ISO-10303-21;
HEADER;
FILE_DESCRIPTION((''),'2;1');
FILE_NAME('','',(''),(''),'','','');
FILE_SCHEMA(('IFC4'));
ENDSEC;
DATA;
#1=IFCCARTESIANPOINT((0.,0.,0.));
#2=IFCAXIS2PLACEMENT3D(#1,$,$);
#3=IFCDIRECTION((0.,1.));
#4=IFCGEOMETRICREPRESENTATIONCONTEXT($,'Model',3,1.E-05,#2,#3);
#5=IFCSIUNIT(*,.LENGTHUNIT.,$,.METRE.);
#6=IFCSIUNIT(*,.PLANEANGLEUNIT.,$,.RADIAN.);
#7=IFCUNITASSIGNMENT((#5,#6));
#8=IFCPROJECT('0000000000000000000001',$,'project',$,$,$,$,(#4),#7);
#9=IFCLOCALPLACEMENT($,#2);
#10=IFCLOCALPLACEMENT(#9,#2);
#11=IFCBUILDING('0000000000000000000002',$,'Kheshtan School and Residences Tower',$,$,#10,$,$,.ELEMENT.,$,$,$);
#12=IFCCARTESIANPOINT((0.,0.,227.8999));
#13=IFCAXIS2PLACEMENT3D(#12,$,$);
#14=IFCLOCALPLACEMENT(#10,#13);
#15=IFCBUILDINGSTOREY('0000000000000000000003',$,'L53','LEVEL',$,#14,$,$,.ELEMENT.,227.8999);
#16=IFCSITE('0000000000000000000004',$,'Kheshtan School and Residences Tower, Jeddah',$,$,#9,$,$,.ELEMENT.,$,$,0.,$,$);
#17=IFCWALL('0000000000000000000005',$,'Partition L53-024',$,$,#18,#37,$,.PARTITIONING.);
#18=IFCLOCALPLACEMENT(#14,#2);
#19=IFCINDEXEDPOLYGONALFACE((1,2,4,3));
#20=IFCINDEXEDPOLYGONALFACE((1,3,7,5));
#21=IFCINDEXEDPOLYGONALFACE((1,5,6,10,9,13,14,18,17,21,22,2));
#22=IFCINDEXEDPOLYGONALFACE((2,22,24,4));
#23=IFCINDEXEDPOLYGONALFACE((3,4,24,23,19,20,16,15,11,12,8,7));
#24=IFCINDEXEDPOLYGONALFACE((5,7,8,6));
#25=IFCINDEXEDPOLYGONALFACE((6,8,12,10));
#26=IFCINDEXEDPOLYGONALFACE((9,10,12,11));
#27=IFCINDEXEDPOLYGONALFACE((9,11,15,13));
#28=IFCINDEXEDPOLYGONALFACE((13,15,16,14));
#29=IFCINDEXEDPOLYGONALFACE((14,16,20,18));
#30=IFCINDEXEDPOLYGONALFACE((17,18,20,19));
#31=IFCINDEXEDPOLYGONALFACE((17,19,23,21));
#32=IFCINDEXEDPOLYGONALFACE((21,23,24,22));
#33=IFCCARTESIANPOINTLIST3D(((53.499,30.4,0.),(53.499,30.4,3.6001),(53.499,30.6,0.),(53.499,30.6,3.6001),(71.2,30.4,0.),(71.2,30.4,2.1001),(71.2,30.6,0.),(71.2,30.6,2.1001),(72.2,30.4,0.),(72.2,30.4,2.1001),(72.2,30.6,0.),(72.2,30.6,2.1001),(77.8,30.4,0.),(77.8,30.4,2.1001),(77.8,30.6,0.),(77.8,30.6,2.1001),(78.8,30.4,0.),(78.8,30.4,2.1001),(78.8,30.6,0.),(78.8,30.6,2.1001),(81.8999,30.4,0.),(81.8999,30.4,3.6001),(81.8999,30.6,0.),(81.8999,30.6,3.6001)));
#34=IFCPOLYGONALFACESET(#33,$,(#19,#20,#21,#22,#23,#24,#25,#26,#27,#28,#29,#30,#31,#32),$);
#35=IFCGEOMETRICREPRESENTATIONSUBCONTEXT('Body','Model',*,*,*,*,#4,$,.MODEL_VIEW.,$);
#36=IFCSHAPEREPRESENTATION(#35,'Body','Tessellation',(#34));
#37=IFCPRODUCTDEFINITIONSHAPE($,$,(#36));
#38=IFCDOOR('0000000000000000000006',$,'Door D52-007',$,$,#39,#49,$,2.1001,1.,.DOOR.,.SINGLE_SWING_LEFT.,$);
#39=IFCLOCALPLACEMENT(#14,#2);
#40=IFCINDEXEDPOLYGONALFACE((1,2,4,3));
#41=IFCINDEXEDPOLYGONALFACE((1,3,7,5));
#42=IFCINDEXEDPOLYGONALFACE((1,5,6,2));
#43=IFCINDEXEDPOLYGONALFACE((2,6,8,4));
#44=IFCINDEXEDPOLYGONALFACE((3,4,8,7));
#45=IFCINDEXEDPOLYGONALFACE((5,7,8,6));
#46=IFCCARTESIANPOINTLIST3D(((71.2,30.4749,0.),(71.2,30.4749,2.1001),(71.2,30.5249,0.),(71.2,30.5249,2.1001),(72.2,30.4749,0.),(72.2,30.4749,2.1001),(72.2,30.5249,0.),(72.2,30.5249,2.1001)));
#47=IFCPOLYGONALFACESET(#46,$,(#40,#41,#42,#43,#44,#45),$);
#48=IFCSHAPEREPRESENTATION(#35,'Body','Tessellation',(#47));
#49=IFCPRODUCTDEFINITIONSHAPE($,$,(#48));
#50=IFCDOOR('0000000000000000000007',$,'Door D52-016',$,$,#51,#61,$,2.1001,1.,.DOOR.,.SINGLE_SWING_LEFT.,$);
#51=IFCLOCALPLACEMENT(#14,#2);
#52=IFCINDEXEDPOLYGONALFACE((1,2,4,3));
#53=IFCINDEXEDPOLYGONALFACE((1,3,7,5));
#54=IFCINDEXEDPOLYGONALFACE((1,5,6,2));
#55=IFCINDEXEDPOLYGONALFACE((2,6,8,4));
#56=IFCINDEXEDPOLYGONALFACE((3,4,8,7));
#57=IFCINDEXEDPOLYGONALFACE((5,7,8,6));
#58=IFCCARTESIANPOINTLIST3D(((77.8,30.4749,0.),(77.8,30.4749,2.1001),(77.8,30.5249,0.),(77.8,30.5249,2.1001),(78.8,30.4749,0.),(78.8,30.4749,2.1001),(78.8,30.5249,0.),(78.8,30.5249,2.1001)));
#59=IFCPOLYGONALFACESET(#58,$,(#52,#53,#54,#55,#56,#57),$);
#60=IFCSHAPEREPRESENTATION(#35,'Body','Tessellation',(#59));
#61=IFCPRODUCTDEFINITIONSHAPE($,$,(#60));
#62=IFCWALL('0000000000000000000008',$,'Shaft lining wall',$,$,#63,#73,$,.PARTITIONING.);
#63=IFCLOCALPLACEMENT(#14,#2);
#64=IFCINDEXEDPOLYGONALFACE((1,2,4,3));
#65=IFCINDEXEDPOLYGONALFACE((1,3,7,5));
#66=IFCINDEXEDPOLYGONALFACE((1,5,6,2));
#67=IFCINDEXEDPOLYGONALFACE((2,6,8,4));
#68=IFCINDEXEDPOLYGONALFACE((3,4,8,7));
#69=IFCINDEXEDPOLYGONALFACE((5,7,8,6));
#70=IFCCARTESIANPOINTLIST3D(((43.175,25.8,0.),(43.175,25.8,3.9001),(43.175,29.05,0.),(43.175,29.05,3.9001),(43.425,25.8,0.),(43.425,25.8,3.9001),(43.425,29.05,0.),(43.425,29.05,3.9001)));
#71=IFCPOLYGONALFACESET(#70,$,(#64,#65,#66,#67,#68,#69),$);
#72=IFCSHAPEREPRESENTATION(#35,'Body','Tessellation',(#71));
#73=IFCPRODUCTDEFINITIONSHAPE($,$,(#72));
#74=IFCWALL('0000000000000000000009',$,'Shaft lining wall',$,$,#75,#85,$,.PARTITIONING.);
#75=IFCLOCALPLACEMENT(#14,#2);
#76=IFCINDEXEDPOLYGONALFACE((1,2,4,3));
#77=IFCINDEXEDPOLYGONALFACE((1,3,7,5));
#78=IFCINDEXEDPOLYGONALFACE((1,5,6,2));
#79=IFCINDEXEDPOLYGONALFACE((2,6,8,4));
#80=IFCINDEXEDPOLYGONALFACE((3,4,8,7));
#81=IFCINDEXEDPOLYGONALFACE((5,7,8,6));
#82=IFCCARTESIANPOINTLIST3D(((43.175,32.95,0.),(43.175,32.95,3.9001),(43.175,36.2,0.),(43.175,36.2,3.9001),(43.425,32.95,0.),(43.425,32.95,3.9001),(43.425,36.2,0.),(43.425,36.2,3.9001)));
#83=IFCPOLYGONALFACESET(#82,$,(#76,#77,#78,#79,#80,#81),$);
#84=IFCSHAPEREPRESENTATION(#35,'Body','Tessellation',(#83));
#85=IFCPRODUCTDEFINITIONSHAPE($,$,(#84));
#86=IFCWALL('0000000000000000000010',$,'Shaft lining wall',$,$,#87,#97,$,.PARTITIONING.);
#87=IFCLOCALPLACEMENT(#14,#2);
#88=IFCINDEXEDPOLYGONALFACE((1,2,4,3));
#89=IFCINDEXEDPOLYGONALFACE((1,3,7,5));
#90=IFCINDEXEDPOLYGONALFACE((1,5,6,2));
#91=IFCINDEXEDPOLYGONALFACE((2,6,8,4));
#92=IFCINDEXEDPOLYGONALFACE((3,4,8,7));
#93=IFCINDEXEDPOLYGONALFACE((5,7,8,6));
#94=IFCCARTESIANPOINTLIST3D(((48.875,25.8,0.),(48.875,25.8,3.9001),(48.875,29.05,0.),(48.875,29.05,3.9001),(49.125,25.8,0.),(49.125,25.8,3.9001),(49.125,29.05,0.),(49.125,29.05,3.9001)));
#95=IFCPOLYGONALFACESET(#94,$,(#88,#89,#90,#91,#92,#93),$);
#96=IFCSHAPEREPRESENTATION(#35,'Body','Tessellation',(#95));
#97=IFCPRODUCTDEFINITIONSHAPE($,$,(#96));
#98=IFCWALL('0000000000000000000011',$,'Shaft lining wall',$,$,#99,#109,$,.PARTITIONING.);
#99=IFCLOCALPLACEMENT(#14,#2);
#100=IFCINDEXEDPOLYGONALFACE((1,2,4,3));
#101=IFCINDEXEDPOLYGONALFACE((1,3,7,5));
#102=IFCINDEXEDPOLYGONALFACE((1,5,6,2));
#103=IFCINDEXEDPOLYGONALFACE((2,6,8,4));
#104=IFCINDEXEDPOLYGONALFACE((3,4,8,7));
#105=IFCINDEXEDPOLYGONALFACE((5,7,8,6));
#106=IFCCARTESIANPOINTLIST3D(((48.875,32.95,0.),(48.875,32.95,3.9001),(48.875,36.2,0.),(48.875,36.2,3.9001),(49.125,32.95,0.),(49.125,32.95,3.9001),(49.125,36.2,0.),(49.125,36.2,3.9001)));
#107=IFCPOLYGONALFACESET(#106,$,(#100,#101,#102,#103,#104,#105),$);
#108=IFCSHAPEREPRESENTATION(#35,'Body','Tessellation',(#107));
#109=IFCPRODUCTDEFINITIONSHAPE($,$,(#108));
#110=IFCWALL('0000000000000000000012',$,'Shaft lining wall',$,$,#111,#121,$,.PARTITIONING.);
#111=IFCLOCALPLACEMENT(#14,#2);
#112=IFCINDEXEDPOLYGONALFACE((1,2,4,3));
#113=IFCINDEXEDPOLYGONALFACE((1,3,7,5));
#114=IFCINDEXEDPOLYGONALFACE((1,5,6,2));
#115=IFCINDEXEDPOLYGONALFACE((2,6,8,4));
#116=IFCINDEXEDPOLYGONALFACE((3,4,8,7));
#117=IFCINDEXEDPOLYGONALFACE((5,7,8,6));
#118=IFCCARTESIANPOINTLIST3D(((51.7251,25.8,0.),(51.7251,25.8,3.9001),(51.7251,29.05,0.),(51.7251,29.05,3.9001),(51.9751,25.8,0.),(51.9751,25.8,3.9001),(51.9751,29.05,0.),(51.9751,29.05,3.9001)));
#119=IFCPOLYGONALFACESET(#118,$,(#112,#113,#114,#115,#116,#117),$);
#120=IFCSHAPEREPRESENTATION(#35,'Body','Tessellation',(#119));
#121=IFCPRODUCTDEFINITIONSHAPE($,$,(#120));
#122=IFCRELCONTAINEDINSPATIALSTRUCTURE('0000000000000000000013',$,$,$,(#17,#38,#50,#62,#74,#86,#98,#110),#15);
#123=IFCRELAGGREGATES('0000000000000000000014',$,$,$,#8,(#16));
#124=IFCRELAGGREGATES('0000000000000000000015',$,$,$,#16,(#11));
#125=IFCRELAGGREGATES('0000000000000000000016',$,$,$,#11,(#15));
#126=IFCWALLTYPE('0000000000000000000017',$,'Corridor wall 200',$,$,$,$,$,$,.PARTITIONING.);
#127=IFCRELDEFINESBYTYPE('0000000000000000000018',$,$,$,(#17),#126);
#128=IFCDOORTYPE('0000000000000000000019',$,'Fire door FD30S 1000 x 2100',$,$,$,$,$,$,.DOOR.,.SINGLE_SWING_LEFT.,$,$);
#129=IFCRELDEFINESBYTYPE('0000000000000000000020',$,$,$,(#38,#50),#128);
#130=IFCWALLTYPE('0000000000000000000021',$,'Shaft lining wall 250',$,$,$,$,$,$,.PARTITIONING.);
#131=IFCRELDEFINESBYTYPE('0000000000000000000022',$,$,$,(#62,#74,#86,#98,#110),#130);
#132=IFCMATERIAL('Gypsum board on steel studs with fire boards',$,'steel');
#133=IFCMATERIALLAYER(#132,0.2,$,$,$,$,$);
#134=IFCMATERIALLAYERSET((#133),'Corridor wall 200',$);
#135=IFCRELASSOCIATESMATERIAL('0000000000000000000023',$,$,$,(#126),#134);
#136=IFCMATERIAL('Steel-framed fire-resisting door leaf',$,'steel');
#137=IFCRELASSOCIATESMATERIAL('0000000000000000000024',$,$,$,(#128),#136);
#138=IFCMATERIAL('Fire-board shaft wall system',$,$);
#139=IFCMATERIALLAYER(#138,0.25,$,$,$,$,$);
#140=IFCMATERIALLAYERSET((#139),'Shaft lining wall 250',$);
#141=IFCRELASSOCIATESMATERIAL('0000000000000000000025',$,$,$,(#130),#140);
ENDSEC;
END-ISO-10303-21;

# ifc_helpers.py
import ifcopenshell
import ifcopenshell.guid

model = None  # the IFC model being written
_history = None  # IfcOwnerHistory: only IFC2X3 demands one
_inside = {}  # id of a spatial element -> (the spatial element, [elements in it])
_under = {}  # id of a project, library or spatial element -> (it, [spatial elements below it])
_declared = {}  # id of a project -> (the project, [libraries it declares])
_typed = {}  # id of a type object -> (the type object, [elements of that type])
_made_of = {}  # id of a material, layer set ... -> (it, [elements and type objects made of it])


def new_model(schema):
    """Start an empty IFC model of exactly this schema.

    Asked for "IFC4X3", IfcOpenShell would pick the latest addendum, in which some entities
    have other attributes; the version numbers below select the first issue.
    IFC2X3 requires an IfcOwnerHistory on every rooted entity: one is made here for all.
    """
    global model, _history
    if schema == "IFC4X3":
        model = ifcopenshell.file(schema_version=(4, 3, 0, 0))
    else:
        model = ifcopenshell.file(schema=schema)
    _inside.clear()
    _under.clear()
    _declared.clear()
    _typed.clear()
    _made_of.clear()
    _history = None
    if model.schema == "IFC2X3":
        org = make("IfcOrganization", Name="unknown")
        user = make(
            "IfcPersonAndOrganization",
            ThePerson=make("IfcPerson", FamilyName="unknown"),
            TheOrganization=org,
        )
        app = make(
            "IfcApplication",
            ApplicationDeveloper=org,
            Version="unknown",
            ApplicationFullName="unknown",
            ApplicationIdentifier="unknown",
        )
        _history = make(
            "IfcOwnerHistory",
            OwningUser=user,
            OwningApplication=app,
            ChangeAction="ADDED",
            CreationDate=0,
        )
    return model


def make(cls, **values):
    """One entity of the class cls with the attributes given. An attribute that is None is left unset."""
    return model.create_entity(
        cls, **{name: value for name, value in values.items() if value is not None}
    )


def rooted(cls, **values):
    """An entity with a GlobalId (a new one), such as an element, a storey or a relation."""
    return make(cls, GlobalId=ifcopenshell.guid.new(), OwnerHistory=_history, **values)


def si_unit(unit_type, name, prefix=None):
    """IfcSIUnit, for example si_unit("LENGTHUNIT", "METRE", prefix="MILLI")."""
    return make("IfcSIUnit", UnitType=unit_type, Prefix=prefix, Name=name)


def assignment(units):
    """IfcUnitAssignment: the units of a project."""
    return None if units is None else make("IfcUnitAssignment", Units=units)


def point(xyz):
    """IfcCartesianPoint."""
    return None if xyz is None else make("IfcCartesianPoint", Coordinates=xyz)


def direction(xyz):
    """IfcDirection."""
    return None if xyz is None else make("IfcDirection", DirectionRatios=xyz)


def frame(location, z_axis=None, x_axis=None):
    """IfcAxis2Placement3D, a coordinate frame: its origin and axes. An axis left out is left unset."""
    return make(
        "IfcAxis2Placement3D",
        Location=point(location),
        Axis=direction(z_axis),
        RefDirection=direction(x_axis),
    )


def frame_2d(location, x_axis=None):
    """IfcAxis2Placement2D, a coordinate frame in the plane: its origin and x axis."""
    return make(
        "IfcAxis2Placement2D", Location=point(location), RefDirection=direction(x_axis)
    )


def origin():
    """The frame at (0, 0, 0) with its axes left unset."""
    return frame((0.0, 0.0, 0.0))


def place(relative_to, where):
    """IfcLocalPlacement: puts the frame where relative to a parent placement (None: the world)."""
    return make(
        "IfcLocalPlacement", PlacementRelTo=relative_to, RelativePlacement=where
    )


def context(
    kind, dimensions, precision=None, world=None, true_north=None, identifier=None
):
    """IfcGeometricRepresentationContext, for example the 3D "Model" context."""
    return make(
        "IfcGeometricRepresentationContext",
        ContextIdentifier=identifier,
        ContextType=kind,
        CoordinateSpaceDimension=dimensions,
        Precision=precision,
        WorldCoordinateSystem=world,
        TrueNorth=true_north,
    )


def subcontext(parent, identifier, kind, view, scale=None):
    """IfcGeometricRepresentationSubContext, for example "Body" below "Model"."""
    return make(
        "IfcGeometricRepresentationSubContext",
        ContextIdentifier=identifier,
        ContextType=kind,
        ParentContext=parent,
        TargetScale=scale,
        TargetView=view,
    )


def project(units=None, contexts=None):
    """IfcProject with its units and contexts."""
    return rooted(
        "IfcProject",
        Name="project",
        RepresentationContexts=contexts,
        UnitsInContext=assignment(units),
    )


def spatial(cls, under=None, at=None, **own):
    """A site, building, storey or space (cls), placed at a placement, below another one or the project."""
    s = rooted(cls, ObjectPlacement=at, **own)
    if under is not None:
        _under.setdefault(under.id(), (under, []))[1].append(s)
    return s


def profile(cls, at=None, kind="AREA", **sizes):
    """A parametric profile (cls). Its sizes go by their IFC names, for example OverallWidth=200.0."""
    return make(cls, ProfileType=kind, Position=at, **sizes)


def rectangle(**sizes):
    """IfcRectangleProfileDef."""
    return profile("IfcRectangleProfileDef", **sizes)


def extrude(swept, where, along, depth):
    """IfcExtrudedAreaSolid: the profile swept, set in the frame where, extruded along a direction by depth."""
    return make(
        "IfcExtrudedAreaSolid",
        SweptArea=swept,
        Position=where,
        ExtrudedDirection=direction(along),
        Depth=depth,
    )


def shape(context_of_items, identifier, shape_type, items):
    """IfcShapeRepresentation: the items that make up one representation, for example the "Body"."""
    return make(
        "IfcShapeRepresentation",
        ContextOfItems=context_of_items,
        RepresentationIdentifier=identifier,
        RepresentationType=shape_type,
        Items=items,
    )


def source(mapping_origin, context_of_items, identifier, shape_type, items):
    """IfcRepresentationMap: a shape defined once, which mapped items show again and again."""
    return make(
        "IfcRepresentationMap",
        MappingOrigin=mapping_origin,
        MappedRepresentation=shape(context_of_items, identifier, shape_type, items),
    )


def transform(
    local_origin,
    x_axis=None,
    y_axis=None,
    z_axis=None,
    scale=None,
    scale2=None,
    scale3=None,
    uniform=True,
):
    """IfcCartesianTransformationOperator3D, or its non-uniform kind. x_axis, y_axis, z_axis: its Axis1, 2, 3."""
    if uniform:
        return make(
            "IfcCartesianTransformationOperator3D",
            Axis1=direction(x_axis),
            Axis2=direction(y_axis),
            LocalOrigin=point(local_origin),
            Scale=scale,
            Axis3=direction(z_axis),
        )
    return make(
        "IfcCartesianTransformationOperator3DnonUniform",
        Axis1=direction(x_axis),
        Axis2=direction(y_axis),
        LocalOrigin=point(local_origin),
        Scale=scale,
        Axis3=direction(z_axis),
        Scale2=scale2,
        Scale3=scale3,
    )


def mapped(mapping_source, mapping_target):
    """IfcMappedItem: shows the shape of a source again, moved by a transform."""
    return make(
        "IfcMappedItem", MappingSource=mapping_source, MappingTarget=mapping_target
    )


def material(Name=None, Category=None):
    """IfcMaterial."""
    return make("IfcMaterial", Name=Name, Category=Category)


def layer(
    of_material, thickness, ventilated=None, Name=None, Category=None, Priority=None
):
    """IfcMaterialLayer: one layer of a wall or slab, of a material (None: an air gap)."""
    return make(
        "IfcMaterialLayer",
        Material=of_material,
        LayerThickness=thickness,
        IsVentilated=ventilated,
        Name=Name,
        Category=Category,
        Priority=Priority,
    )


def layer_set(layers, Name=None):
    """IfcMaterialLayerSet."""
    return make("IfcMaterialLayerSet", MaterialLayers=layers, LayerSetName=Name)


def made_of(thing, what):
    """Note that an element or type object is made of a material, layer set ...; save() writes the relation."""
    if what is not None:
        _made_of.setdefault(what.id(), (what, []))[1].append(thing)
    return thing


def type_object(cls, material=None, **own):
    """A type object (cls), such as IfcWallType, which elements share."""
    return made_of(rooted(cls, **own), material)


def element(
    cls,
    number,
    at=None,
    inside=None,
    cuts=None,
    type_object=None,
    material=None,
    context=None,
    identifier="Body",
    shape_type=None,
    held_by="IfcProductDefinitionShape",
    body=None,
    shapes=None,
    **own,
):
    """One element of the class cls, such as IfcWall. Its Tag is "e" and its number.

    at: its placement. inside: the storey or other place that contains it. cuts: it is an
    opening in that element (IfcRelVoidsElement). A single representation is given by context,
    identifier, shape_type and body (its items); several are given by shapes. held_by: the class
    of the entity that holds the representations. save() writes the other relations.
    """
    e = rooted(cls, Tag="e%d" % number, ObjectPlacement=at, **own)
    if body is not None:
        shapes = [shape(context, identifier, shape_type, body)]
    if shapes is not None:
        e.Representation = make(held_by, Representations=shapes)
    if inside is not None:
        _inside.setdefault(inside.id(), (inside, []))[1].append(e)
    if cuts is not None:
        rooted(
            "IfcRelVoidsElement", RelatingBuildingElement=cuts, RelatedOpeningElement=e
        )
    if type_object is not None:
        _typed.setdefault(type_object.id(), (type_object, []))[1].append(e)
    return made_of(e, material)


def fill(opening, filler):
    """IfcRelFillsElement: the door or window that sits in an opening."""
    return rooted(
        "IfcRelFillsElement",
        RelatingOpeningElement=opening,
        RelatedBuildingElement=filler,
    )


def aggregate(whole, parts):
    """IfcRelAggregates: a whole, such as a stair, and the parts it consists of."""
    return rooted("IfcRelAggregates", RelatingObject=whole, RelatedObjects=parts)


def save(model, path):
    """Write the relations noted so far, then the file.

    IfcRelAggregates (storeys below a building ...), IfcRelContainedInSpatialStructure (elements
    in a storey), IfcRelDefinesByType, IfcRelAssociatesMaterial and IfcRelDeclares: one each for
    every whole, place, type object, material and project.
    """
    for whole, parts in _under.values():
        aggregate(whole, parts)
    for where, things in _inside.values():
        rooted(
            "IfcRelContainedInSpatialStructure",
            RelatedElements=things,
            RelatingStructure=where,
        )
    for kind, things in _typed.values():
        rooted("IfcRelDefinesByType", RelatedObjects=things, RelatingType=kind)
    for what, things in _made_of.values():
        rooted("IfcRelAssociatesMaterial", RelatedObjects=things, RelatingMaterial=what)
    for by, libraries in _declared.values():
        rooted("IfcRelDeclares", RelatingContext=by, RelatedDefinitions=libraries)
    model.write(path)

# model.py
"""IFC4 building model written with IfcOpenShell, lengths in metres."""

from ifc_helpers import new_model, si_unit, direction, frame, frame_2d, origin, place, context, subcontext, project, spatial, rectangle, extrude, source, transform, mapped, material, layer, layer_set, type_object, element, fill, save


model = new_model("IFC4")

# Units and contexts
model_context = context("Model", 3, precision=1e-05, world=origin(), true_north=direction((0.0, 1.0)))
body_context = subcontext(model_context, "Body", "Model", "MODEL_VIEW")
ifc_project = project(units=[si_unit("LENGTHUNIT", "METRE"), si_unit("PLANEANGLEUNIT", "RADIAN")], contexts=[model_context])

# Site, building, storey
site_placement = place(None, origin())
site = spatial("IfcSite", under=ifc_project, at=site_placement, Name="Kheshtan School and Residences Tower, Jeddah", CompositionType="ELEMENT", RefElevation=0.0)
building_placement = place(site_placement, origin())
building = spatial("IfcBuilding", under=site, at=building_placement, Name="Kheshtan School and Residences Tower", CompositionType="ELEMENT")
storey_placement = place(building_placement, frame((0.0, 0.0, 227.8999)))
storey = spatial("IfcBuildingStorey", under=building, at=storey_placement, Name="L53", Description="LEVEL", CompositionType="ELEMENT", Elevation=227.8999)

# Shared definitions
ifc_material_1 = material(Name="Gypsum board on steel studs with fire boards", Category="steel")
ifc_layer_1 = layer(ifc_material_1, 0.2)
ifc_layer_set_1 = layer_set([ifc_layer_1], Name="Corridor wall 200")
wall_type_1 = type_object("IfcWallType", Name="Corridor wall 200", PredefinedType="PARTITIONING", material=ifc_layer_set_1)
ifc_material_2 = material(Name="Steel-framed fire-resisting door leaf", Category="steel")

# Wall, openings, doors
wall_1_placement = place(storey_placement, frame((53.499, 30.5, 0.0), z_axis=(0.0, 0.0, 1.0), x_axis=(1.0, 0.0, 0.0)))
wall_1 = element("IfcWall", 1, at=wall_1_placement, inside=storey, type_object=wall_type_1, Name="Partition L53-024", PredefinedType="PARTITIONING", context=body_context, shape_type="SweptSolid", body=[
    extrude(rectangle(XDim=28.4009, YDim=0.2, at=frame_2d((14.2004, 0.0))), origin(), (0.0, 0.0, 1.0), 3.6001),
])
opening_1_placement = place(wall_1_placement, frame((17.7009, 0.0, 0.0)))
opening_1 = element("IfcOpeningElement", 2, at=opening_1_placement, cuts=wall_1, PredefinedType="OPENING", context=body_context, shape_type="SweptSolid", body=[
    extrude(rectangle(XDim=1.0, YDim=2.1001, at=frame_2d((0.5, 1.05))), frame((0.0, 0.1099, 0.0), z_axis=(0.0, -1.0, 0.0), x_axis=(1.0, 0.0, 0.0)), (0.0, 0.0, 1.0), 0.22),
])
opening_2_placement = place(wall_1_placement, frame((24.301, 0.0, 0.0)))
opening_2 = element("IfcOpeningElement", 3, at=opening_2_placement, cuts=wall_1, PredefinedType="OPENING", context=body_context, shape_type="SweptSolid", body=[
    extrude(rectangle(XDim=1.0, YDim=2.1001, at=frame_2d((0.5, 1.05))), frame((0.0, 0.1099, 0.0), z_axis=(0.0, -1.0, 0.0), x_axis=(1.0, 0.0, 0.0)), (0.0, 0.0, 1.0), 0.22),
])
door_type_1 = type_object("IfcDoorType", Name="Fire door FD30S 1000 x 2100", OperationType="SINGLE_SWING_LEFT", PredefinedType="DOOR", material=ifc_material_2)
shared_shape_1 = source(origin(), body_context, "Body", "SweptSolid", [
    extrude(rectangle(XDim=1.0, YDim=2.1001, at=frame_2d((0.5, 1.05))), frame((0.0, 0.0249, 0.0), z_axis=(0.0, -1.0, 0.0), x_axis=(1.0, 0.0, 0.0)), (0.0, 0.0, 1.0), 0.05),
])
door_1_placement = place(opening_1_placement, origin())
door_1 = element("IfcDoor", 4, at=door_1_placement, inside=storey, type_object=door_type_1, Name="Door D52-007", OperationType="SINGLE_SWING_LEFT", OverallHeight=2.1001, OverallWidth=1.0, PredefinedType="DOOR", context=body_context, shape_type="MappedRepresentation", body=[
    mapped(shared_shape_1, transform((0.0, 0.0, 0.0), x_axis=(1.0, 0.0, 0.0), y_axis=(0.0, 1.0, 0.0), z_axis=(0.0, 0.0, 1.0), scale=1.0)),
])
fill(opening_1, door_1)
door_2_placement = place(opening_2_placement, origin())
door_2 = element("IfcDoor", 5, at=door_2_placement, inside=storey, type_object=door_type_1, Name="Door D52-016", OperationType="SINGLE_SWING_LEFT", OverallHeight=2.1001, OverallWidth=1.0, PredefinedType="DOOR", context=body_context, shape_type="MappedRepresentation", body=[
    mapped(shared_shape_1, transform((0.0, 0.0, 0.0), x_axis=(1.0, 0.0, 0.0), y_axis=(0.0, 1.0, 0.0), z_axis=(0.0, 0.0, 1.0), scale=1.0)),
])
fill(opening_2, door_2)

# Walls
ifc_material_3 = material(Name="Fire-board shaft wall system")
ifc_layer_2 = layer(ifc_material_3, 0.25)
ifc_layer_set_2 = layer_set([ifc_layer_2], Name="Shaft lining wall 250")
wall_type_2 = type_object("IfcWallType", Name="Shaft lining wall 250", PredefinedType="PARTITIONING", material=ifc_layer_set_2)
for number, where, z_axis, x_axis, name in (
    (6, (43.3, 25.8, 0.0), (0.0, 0.0, 1.0), (0.0, 1.0, 0.0), "Shaft lining wall"),
    (7, (43.3, 32.95, 0.0), (0.0, 0.0, 1.0), (0.0, 1.0, 0.0), "Shaft lining wall"),
    (8, (49.0, 25.8, 0.0), (0.0, 0.0, 1.0), (0.0, 1.0, 0.0), "Shaft lining wall"),
    (9, (49.0, 32.95, 0.0), (0.0, 0.0, 1.0), (0.0, 1.0, 0.0), "Shaft lining wall"),
    (10, (51.8501, 25.8, 0.0), (0.0, 0.0, 1.0), (0.0, 1.0, 0.0), "Shaft lining wall"),
):
    element("IfcWall", number, at=place(storey_placement, frame(where, z_axis=z_axis, x_axis=x_axis)), inside=storey, type_object=wall_type_2, Name=name, PredefinedType="PARTITIONING", context=body_context, shape_type="SweptSolid", body=[
        extrude(rectangle(XDim=3.25, YDim=0.25, at=frame_2d((1.625, 0.0))), origin(), (0.0, 0.0, 1.0), 3.9001),
    ])

save(model, "model.ifc")
